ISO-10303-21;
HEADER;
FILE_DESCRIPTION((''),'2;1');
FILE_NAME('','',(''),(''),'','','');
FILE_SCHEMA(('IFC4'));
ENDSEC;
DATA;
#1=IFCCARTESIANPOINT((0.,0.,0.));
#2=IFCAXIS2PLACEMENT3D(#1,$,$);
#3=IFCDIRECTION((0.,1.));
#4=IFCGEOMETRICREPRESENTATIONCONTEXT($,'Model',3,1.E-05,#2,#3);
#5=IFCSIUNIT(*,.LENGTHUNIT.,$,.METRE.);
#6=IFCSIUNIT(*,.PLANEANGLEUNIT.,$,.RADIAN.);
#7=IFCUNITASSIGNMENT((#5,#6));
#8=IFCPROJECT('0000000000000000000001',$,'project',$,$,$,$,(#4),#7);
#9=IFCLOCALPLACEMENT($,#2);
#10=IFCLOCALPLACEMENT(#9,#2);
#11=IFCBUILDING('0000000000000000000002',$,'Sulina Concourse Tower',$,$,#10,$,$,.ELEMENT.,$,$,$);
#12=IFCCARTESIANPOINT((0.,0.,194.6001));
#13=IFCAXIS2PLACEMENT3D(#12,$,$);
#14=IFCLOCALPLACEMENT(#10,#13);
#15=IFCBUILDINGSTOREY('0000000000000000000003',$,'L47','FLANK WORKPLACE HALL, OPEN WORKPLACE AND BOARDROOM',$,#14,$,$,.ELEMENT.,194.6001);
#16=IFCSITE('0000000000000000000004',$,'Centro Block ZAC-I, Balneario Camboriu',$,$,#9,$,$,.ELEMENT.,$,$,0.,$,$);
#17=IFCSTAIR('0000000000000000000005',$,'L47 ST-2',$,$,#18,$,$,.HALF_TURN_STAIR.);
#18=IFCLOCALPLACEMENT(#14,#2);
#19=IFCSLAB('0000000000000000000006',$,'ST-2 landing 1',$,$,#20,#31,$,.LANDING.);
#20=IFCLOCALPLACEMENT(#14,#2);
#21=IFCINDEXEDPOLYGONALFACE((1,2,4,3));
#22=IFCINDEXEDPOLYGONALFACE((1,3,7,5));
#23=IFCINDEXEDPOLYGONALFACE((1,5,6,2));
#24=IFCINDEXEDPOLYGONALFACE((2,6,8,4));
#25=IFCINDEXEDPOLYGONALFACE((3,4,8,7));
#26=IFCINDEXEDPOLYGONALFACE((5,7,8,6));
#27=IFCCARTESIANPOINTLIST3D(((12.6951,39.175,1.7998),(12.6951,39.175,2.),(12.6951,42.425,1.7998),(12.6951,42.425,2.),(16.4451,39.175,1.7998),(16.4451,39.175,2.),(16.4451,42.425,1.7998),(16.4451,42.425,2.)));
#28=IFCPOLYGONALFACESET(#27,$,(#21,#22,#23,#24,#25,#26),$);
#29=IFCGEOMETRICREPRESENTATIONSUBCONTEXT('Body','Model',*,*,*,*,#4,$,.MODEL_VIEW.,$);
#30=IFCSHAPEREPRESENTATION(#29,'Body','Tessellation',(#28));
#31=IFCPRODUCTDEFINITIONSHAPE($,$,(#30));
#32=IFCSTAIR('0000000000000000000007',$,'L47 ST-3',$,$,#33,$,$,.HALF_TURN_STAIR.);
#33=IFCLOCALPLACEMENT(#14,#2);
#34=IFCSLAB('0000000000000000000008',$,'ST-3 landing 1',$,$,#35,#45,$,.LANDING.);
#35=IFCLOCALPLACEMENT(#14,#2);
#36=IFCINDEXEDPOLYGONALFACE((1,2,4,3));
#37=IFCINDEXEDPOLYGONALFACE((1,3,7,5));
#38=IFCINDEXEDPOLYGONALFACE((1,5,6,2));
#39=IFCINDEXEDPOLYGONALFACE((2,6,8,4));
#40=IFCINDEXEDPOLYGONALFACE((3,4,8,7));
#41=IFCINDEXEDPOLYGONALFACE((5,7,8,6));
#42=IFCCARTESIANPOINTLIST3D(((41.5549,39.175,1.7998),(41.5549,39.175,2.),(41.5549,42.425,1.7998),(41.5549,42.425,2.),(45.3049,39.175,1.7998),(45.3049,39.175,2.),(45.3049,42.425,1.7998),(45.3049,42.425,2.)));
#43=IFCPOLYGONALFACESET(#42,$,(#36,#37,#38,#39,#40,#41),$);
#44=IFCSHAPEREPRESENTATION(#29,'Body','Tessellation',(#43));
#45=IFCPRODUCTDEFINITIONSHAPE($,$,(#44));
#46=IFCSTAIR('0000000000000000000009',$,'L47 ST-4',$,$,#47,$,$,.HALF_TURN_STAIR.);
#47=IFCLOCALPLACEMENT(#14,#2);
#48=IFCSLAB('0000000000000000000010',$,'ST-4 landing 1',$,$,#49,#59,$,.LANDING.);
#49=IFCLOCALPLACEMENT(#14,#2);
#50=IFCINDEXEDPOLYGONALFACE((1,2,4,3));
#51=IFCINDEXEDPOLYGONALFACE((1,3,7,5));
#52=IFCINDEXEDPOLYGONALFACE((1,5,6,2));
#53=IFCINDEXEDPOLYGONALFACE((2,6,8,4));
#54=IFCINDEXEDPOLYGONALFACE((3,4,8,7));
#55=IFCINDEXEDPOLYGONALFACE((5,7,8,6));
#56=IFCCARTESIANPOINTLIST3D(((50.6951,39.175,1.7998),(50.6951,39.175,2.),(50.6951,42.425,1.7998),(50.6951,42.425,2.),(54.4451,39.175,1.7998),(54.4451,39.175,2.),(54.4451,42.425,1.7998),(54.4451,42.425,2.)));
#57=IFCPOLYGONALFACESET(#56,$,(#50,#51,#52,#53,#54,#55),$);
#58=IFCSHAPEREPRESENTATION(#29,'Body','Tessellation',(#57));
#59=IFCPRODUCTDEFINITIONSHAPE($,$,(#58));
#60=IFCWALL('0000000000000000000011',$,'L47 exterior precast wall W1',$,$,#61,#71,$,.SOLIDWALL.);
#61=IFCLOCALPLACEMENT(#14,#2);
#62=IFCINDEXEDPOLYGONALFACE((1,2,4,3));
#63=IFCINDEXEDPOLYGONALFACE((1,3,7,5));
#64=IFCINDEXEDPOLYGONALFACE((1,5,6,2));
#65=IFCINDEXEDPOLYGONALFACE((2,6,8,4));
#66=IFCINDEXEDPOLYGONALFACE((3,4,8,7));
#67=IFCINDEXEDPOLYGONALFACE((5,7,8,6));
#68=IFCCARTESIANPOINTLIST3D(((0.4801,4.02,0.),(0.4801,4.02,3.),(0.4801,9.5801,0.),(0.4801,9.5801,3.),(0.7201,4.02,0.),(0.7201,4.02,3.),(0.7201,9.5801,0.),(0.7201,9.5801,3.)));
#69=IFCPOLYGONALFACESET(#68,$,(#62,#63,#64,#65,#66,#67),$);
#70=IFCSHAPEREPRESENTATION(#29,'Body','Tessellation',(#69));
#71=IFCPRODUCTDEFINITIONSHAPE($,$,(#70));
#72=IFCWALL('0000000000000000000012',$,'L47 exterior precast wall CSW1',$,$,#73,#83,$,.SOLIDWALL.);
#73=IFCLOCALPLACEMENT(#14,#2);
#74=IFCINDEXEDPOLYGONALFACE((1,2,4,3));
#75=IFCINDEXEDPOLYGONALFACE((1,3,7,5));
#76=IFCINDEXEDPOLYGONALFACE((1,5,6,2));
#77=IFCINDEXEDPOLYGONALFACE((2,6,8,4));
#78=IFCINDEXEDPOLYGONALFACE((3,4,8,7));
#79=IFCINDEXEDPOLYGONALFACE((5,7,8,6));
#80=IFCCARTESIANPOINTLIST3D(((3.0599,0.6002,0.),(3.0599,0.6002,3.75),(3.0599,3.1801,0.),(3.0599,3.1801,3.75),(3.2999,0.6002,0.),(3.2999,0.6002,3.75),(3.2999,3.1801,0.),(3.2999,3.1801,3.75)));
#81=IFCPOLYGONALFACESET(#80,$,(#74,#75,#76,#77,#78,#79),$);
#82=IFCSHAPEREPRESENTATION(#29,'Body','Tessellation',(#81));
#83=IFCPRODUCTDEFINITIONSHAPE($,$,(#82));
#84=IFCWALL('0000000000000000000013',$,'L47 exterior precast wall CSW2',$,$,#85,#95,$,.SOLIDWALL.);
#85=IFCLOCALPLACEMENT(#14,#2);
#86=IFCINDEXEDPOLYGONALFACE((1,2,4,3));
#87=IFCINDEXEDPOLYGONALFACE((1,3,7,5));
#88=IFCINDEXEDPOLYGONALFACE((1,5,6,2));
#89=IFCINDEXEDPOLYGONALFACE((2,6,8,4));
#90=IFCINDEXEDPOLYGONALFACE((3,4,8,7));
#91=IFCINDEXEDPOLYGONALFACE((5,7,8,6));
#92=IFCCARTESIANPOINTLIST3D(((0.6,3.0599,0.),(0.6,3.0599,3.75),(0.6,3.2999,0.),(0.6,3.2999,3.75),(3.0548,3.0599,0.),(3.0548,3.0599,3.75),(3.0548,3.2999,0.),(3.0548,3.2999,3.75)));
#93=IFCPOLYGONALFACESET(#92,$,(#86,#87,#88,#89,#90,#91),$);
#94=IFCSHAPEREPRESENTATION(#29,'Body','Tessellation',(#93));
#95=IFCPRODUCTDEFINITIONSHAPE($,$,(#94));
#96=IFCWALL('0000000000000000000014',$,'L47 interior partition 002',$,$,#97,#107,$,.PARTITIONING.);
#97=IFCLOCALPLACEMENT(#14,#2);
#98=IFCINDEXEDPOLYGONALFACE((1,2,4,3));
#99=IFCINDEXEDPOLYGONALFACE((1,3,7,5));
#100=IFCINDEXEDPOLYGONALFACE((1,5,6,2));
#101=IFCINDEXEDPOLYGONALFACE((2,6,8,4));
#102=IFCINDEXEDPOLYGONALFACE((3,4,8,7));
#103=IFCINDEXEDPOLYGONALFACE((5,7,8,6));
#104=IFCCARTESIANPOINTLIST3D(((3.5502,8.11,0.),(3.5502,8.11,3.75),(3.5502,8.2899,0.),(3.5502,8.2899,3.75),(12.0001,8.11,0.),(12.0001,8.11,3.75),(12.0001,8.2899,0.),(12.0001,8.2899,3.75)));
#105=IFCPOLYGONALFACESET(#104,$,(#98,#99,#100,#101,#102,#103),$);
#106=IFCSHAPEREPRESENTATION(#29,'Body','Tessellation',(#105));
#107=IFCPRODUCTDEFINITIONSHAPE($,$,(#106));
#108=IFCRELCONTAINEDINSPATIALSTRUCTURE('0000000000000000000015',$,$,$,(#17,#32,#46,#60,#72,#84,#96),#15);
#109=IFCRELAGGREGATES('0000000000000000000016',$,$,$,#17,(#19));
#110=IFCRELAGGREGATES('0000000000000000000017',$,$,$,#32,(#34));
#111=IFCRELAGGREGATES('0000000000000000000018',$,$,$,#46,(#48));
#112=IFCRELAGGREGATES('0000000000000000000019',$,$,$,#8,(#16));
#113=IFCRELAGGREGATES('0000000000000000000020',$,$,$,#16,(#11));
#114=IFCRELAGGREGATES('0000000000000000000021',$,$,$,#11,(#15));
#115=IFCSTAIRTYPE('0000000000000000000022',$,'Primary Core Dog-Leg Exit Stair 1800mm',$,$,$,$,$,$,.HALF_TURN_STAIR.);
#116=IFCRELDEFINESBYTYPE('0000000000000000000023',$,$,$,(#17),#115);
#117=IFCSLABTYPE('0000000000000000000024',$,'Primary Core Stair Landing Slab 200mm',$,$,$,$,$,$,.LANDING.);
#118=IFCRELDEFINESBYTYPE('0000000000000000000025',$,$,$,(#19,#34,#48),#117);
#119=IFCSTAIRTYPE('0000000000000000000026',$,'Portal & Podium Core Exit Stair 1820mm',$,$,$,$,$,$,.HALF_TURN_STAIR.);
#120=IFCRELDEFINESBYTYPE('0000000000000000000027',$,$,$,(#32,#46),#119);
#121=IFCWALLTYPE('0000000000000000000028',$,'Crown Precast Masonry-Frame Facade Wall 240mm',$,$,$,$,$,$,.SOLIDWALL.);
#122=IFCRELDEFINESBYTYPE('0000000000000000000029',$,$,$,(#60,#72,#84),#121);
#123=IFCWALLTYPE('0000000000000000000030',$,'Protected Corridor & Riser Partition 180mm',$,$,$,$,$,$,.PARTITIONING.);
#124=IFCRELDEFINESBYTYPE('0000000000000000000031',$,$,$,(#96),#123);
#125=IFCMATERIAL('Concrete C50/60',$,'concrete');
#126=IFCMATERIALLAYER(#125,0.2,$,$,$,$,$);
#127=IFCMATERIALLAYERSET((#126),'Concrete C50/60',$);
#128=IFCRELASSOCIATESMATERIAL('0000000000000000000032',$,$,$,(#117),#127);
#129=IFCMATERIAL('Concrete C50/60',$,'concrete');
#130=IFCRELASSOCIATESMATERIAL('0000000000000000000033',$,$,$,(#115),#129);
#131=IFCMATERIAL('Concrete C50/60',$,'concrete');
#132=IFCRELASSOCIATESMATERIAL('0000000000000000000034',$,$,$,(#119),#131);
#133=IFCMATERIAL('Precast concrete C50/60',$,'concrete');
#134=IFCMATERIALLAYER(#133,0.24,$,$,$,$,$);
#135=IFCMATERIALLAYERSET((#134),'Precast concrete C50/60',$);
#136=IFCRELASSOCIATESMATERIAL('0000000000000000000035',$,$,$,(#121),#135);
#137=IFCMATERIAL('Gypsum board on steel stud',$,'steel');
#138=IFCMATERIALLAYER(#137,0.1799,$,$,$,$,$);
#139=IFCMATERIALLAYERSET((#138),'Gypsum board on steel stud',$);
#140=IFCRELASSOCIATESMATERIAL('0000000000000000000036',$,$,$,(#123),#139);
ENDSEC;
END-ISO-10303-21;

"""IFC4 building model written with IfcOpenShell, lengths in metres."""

from ifc_helpers import new_model, si_unit, direction, frame, frame_2d, origin, place, context, subcontext, project, spatial, polyline, rectangle, outline, extrude, material, layer, layer_set, type_object, element, aggregate, save


model = new_model("IFC4")

# Units and contexts
model_context = context("Model", 3, precision=1e-05, world=origin(), true_north=direction((0.0, 1.0)))
body_context = subcontext(model_context, "Body", "Model", "MODEL_VIEW")
ifc_project = project(units=[si_unit("LENGTHUNIT", "METRE"), si_unit("PLANEANGLEUNIT", "RADIAN")], contexts=[model_context])

# Site, building, storey
site_placement = place(None, origin())
site = spatial("IfcSite", under=ifc_project, at=site_placement, Name="Centro Block ZAC-I, Balneario Camboriu", CompositionType="ELEMENT", RefElevation=0.0)
building_placement = place(site_placement, origin())
building = spatial("IfcBuilding", under=site, at=building_placement, Name="Sulina Concourse Tower", CompositionType="ELEMENT")
storey_placement = place(building_placement, frame((0.0, 0.0, 194.6001)))
storey = spatial("IfcBuildingStorey", under=building, at=storey_placement, Name="L47", Description="FLANK WORKPLACE HALL, OPEN WORKPLACE AND BOARDROOM", CompositionType="ELEMENT", Elevation=194.6001)

# Shared definitions
ifc_material_1 = material(Name="Concrete C50/60", Category="concrete")
ifc_layer_1 = layer(ifc_material_1, 0.2)
ifc_layer_set_1 = layer_set([ifc_layer_1], Name="Concrete C50/60")
slab_type_1 = type_object("IfcSlabType", Name="Primary Core Stair Landing Slab 200mm", PredefinedType="LANDING", material=ifc_layer_set_1)

# Stairs, slabs
ifc_material_2 = material(Name="Concrete C50/60", Category="concrete")
stair_type_1 = type_object("IfcStairType", Name="Primary Core Dog-Leg Exit Stair 1800mm", PredefinedType="HALF_TURN_STAIR", material=ifc_material_2)
stair_1_placement = place(storey_placement, origin())
stair_1 = element("IfcStair", 1, at=stair_1_placement, inside=storey, type_object=stair_type_1, Name="L47 ST-2", PredefinedType="HALF_TURN_STAIR")
slab_1_placement = place(storey_placement, frame((0.0, 0.0, 1.7998)))
slab_1 = element("IfcSlab", 2, at=slab_1_placement, type_object=slab_type_1, Name="ST-2 landing 1", PredefinedType="LANDING", context=body_context, shape_type="SweptSolid", body=[
    extrude(outline(polyline([(16.4451, 39.175), (16.4451, 42.425), (12.6951, 42.425), (12.6951, 39.175), (16.4451, 39.175)])), origin(), (0.0, 0.0, 1.0), 0.2002),
])
aggregate(stair_1, [slab_1])
ifc_material_3 = material(Name="Concrete C50/60", Category="concrete")
stair_type_2 = type_object("IfcStairType", Name="Portal & Podium Core Exit Stair 1820mm", PredefinedType="HALF_TURN_STAIR", material=ifc_material_3)
stair_2_placement = place(storey_placement, origin())
stair_2 = element("IfcStair", 3, at=stair_2_placement, inside=storey, type_object=stair_type_2, Name="L47 ST-3", PredefinedType="HALF_TURN_STAIR")
slab_2_placement = place(storey_placement, frame((0.0, 0.0, 1.7998)))
slab_2 = element("IfcSlab", 4, at=slab_2_placement, type_object=slab_type_1, Name="ST-3 landing 1", PredefinedType="LANDING", context=body_context, shape_type="SweptSolid", body=[
    extrude(outline(polyline([(45.3049, 39.175), (45.3049, 42.425), (41.5549, 42.425), (41.5549, 39.175), (45.3049, 39.175)])), origin(), (0.0, 0.0, 1.0), 0.2002),
])
aggregate(stair_2, [slab_2])
stair_3_placement = place(storey_placement, origin())
stair_3 = element("IfcStair", 5, at=stair_3_placement, inside=storey, type_object=stair_type_2, Name="L47 ST-4", PredefinedType="HALF_TURN_STAIR")
slab_3_placement = place(storey_placement, frame((0.0, 0.0, 1.7998)))
slab_3 = element("IfcSlab", 6, at=slab_3_placement, type_object=slab_type_1, Name="ST-4 landing 1", PredefinedType="LANDING", context=body_context, shape_type="SweptSolid", body=[
    extrude(outline(polyline([(54.4451, 39.175), (54.4451, 42.425), (50.6951, 42.425), (50.6951, 39.175), (54.4451, 39.175)])), origin(), (0.0, 0.0, 1.0), 0.2002),
])
aggregate(stair_3, [slab_3])

# Walls
ifc_material_4 = material(Name="Precast concrete C50/60", Category="concrete")
ifc_layer_2 = layer(ifc_material_4, 0.24)
ifc_layer_set_2 = layer_set([ifc_layer_2], Name="Precast concrete C50/60")
wall_type_1 = type_object("IfcWallType", Name="Crown Precast Masonry-Frame Facade Wall 240mm", PredefinedType="SOLIDWALL", material=ifc_layer_set_2)
wall_1_placement = place(storey_placement, frame((0.6001, 4.02, 0.0), z_axis=(0.0, 0.0, 1.0), x_axis=(0.0, 1.0, 0.0)))
element("IfcWall", 7, at=wall_1_placement, inside=storey, type_object=wall_type_1, Name="L47 exterior precast wall W1", PredefinedType="SOLIDWALL", context=body_context, shape_type="SweptSolid", body=[
    extrude(rectangle(XDim=5.5601, YDim=0.24, at=frame_2d((2.78, 0.0))), origin(), (0.0, 0.0, 1.0), 3.0),
])
wall_2_placement = place(storey_placement, frame((3.1799, 0.6001, 0.0), z_axis=(0.0, 0.0, 1.0), x_axis=(0.0, 1.0, 0.0)))
element("IfcWall", 8, at=wall_2_placement, inside=storey, type_object=wall_type_1, Name="L47 exterior precast wall CSW1", PredefinedType="SOLIDWALL", context=body_context, shape_type="SweptSolid", body=[
    extrude(rectangle(XDim=2.5798, YDim=0.24, at=frame_2d((1.29, 0.0))), origin(), (0.0, 0.0, 1.0), 3.75),
])
wall_3_placement = place(storey_placement, frame((3.0549, 3.1799, 0.0), z_axis=(0.0, 0.0, 1.0), x_axis=(-1.0, 0.0, 0.0)))
element("IfcWall", 9, at=wall_3_placement, inside=storey, type_object=wall_type_1, Name="L47 exterior precast wall CSW2", PredefinedType="SOLIDWALL", context=body_context, shape_type="SweptSolid", body=[
    extrude(rectangle(XDim=2.4548, YDim=0.24, at=frame_2d((1.2275, 0.0))), origin(), (0.0, 0.0, 1.0), 3.75),
])

# Shared definitions
ifc_material_5 = material(Name="Gypsum board on steel stud", Category="steel")
ifc_layer_3 = layer(ifc_material_5, 0.1799)
ifc_layer_set_3 = layer_set([ifc_layer_3], Name="Gypsum board on steel stud")
wall_type_2 = type_object("IfcWallType", Name="Protected Corridor & Riser Partition 180mm", PredefinedType="PARTITIONING", material=ifc_layer_set_3)

# Wall
wall_4_placement = place(storey_placement, frame((3.55, 8.2, 0.0), z_axis=(0.0, 0.0, 1.0), x_axis=(1.0, 0.0, 0.0)))
element("IfcWall", 10, at=wall_4_placement, inside=storey, type_object=wall_type_2, Name="L47 interior partition 002", PredefinedType="PARTITIONING", context=body_context, shape_type="SweptSolid", body=[
    extrude(rectangle(XDim=8.45, YDim=0.1799, at=frame_2d((4.2251, 0.0))), origin(), (0.0, 0.0, 1.0), 3.75),
])

save(model, "model.ifc")
